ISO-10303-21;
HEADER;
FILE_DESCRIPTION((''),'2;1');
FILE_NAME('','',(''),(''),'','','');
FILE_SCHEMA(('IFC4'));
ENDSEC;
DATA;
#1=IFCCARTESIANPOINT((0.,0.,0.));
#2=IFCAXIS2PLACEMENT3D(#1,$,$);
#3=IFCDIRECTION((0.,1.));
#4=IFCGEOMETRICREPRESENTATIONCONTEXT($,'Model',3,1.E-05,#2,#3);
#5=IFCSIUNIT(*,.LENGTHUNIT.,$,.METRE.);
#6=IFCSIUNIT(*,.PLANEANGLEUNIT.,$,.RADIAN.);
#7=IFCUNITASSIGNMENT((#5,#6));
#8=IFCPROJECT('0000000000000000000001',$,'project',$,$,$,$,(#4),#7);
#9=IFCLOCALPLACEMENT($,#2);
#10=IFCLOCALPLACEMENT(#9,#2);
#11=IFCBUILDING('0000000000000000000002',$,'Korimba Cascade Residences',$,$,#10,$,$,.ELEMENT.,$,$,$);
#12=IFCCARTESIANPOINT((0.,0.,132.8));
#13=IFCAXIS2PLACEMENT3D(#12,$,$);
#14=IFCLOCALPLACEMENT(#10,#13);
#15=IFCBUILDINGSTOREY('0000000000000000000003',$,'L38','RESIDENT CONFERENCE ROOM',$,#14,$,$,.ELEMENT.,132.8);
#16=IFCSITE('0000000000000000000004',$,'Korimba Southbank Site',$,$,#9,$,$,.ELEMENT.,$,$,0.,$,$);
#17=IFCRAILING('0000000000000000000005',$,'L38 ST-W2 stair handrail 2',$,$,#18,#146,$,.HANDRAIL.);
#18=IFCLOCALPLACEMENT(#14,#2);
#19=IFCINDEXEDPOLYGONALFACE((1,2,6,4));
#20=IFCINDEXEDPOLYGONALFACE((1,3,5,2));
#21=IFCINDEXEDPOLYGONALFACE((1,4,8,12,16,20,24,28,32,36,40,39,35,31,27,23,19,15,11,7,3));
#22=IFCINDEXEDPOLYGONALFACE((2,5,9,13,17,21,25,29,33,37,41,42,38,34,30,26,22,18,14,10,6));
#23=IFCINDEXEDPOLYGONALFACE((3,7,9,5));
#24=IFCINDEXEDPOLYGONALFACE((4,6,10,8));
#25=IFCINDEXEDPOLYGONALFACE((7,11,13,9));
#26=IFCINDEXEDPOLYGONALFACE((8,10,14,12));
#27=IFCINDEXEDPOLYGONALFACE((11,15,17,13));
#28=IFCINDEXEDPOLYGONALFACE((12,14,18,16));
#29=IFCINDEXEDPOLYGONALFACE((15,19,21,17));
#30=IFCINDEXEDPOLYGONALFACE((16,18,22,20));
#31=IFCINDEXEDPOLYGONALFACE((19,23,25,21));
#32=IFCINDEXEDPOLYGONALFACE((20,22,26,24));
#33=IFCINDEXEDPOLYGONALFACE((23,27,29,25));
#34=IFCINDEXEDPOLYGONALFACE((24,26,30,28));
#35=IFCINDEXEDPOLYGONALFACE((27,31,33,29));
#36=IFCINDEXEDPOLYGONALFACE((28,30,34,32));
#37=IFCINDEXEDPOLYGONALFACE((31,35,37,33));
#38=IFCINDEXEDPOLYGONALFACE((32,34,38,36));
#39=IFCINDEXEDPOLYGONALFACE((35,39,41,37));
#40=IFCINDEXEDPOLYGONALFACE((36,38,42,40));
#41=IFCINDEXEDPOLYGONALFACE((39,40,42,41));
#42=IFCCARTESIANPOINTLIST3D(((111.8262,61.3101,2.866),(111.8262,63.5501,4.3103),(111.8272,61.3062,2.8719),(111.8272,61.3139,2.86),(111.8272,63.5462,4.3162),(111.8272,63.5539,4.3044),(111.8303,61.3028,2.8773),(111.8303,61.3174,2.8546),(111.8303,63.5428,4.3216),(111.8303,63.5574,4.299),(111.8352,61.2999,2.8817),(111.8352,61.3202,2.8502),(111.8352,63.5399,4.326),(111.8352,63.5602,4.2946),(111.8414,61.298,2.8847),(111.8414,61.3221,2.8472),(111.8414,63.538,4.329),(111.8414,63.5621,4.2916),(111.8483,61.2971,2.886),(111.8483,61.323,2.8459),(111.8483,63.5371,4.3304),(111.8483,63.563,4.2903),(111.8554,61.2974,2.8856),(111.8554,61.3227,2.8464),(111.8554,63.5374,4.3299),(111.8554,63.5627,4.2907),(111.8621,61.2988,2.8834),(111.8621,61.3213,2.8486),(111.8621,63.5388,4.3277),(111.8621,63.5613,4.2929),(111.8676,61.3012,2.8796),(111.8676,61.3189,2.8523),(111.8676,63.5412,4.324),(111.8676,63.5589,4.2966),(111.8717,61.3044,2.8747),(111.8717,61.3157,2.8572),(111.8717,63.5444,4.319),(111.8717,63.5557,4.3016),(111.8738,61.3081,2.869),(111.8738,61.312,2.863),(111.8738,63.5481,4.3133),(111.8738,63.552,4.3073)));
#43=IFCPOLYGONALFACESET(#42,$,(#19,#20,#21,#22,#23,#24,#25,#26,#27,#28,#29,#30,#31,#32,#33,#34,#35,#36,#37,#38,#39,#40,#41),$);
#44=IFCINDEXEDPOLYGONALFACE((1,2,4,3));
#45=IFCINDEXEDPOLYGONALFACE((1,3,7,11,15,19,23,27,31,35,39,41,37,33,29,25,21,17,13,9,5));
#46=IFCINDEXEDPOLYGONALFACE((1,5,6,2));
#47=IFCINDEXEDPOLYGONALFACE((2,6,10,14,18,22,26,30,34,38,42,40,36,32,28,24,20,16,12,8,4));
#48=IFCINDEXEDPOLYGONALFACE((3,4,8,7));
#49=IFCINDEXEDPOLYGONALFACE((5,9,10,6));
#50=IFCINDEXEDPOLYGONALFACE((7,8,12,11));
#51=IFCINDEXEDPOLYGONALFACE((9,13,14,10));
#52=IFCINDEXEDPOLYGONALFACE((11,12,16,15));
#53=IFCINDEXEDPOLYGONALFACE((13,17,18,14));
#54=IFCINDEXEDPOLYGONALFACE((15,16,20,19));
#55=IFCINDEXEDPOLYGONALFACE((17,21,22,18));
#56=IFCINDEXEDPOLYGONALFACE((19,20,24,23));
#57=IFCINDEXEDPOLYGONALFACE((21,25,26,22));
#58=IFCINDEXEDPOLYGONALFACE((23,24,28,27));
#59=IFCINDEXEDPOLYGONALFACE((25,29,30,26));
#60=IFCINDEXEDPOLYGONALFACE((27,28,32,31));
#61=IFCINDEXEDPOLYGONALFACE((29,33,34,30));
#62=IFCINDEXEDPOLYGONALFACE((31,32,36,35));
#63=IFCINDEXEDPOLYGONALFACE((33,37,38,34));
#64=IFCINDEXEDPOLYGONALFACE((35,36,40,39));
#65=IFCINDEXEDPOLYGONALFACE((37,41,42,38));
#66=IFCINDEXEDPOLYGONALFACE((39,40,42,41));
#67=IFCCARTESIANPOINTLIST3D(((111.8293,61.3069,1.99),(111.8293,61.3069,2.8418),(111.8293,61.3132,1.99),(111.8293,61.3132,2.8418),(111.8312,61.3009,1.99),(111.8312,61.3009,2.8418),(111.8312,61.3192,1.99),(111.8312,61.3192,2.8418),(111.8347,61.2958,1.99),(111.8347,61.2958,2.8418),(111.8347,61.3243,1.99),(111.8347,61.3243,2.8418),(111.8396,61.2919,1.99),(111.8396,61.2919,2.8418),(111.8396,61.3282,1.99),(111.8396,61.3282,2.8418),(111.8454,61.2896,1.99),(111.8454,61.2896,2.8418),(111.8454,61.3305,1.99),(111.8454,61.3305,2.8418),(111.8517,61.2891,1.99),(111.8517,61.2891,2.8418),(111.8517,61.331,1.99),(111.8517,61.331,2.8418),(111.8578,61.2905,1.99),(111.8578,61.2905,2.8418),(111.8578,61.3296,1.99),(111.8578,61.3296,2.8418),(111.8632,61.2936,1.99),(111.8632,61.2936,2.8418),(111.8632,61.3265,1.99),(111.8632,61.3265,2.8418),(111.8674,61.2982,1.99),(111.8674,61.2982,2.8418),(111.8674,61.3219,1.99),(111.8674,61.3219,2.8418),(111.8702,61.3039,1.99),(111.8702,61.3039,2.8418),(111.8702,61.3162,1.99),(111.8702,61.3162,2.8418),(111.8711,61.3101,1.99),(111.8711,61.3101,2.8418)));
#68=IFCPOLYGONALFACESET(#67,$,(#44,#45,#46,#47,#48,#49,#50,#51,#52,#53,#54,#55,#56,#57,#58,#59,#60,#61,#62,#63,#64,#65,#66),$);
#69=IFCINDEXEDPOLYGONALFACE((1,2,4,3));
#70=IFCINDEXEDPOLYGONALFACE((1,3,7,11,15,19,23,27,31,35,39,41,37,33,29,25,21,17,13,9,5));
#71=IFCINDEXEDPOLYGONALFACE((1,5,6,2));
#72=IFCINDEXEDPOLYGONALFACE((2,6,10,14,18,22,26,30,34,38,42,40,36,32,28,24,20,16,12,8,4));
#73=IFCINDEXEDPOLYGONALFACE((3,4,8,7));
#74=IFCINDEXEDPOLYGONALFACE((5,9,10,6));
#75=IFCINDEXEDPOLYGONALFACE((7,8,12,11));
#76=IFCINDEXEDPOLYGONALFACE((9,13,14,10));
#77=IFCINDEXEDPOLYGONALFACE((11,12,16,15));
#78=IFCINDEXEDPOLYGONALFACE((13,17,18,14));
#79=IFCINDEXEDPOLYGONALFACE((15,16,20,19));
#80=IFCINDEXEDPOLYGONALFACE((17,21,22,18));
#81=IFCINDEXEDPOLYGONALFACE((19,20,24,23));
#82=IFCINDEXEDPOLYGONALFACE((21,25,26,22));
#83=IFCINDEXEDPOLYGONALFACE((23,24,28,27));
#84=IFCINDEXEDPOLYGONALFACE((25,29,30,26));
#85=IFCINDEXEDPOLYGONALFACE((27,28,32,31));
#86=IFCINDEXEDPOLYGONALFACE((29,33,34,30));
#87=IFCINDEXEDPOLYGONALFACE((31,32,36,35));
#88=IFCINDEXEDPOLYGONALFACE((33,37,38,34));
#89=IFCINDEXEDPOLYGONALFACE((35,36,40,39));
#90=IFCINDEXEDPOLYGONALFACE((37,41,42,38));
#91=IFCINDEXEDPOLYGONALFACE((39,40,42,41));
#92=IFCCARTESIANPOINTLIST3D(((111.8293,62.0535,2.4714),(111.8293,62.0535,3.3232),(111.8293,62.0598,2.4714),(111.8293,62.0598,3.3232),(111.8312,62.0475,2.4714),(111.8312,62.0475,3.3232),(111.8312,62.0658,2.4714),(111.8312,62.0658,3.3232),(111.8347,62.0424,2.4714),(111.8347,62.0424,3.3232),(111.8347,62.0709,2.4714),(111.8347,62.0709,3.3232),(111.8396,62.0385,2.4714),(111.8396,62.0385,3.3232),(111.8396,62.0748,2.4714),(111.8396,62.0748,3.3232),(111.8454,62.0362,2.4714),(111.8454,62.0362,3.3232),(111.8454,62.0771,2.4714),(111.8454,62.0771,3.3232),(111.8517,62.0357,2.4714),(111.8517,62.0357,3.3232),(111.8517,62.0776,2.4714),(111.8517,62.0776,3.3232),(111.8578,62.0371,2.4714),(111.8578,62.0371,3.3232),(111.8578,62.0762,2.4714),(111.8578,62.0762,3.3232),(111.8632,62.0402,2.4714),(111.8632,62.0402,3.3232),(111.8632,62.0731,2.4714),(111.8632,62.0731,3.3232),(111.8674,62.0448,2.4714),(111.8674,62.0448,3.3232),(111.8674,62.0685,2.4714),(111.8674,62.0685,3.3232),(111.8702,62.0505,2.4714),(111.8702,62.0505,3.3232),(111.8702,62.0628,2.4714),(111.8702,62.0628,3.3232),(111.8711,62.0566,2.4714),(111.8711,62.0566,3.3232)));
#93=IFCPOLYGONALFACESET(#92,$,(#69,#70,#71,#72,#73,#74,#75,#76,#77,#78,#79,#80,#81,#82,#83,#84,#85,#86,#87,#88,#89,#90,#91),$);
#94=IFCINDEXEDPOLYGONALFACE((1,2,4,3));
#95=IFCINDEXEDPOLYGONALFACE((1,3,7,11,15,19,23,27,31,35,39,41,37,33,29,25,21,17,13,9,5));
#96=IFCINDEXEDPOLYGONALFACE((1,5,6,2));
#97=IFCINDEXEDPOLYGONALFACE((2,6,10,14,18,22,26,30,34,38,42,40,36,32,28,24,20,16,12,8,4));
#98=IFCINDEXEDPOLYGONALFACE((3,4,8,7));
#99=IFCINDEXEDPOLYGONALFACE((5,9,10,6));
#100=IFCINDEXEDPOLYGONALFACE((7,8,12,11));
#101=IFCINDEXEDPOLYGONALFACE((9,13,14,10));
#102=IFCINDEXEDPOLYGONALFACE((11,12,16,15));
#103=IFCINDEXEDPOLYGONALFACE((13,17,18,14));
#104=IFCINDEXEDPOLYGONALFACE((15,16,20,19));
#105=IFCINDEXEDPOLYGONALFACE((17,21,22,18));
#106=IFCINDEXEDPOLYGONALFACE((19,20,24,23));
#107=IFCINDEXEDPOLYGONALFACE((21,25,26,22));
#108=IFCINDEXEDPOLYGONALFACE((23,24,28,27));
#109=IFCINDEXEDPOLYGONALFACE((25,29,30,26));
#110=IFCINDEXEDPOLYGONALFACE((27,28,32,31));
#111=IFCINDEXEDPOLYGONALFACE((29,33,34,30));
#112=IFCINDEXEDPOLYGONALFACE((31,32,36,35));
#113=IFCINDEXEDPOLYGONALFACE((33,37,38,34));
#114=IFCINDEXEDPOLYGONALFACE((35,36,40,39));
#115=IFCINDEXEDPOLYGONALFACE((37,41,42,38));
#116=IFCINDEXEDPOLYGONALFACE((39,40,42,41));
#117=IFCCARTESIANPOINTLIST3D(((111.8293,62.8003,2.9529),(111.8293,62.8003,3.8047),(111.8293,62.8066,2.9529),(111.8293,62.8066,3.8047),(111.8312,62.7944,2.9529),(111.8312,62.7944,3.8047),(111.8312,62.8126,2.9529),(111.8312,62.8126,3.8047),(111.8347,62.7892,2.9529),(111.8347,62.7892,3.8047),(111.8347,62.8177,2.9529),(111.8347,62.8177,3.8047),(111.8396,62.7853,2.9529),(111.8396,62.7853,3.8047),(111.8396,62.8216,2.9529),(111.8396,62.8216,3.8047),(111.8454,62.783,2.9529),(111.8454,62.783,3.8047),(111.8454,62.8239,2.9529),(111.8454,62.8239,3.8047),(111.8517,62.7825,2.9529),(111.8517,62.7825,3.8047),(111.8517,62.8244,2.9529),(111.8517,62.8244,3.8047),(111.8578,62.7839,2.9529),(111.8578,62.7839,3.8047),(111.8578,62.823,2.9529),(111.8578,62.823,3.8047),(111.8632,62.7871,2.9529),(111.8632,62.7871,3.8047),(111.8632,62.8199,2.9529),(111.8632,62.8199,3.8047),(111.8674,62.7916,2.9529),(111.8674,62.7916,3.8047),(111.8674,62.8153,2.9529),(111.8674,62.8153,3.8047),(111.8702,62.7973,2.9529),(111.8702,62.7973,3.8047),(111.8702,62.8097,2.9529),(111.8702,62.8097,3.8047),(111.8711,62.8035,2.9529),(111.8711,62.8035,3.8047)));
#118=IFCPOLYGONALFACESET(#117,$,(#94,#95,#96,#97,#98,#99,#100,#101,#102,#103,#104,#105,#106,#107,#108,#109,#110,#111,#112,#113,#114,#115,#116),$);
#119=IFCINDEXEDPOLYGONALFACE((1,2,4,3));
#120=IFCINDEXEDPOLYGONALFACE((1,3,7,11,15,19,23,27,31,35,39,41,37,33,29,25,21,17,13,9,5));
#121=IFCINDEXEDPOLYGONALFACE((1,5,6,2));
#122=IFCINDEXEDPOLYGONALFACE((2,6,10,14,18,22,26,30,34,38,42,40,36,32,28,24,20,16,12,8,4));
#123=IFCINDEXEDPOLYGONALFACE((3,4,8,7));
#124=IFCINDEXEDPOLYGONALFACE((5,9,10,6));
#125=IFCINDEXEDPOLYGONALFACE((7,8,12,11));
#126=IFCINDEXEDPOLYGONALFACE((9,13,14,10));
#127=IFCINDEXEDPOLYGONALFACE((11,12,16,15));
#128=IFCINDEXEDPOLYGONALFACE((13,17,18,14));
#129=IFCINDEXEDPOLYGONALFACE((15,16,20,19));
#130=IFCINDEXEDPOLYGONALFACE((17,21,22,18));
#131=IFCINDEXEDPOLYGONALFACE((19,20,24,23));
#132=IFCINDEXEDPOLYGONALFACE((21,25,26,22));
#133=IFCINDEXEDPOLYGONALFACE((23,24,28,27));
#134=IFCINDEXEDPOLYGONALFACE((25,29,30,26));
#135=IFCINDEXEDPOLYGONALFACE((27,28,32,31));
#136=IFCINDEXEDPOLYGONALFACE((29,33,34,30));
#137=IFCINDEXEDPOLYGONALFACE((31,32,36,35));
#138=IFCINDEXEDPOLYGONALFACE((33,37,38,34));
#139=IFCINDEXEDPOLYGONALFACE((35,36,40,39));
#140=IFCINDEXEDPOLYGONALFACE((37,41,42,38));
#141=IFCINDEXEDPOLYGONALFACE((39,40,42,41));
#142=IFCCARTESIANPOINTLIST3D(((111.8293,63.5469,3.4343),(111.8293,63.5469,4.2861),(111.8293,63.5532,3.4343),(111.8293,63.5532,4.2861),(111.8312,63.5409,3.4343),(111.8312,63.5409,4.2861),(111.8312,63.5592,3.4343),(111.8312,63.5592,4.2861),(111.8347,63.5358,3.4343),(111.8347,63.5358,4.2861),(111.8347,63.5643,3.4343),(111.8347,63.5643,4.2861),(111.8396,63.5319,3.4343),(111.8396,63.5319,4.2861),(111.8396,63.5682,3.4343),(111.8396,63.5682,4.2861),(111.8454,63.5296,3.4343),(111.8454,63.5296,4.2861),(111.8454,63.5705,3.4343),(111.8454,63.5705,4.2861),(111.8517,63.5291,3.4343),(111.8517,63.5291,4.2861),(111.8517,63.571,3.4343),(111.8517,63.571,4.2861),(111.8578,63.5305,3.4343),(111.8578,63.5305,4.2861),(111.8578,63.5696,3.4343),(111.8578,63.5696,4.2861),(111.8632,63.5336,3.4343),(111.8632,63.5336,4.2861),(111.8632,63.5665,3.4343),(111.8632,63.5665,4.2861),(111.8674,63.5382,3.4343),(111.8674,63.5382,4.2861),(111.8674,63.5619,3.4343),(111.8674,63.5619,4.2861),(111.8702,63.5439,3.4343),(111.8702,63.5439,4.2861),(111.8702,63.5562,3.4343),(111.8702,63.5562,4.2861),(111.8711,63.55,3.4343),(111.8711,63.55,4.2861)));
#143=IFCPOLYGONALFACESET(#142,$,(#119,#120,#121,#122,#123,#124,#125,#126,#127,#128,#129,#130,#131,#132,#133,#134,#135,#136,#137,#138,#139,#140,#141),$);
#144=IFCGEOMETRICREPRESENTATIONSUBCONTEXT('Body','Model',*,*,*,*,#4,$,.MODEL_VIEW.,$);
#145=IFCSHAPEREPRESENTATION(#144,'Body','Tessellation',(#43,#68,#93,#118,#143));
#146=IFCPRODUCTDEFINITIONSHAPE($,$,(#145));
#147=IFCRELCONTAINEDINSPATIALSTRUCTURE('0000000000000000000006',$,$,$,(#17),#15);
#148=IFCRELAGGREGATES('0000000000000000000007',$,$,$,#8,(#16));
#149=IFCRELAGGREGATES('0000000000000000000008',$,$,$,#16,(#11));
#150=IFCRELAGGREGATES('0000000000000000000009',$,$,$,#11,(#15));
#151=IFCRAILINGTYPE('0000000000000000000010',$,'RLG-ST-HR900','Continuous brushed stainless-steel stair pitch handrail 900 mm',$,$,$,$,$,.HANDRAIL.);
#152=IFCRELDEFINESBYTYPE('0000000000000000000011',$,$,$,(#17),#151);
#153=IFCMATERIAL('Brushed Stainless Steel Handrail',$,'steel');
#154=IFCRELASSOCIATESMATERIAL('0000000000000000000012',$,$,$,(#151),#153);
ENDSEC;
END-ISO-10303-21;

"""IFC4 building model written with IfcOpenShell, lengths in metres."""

from ifc_helpers import new_model, si_unit, direction, frame, origin, origin_2d, place, context, subcontext, project, spatial, circle, extrude, material, type_object, element, save


model = new_model("IFC4")

# Units and contexts
model_context = context("Model", 3, precision=1e-05, world=origin(), true_north=direction((0.0, 1.0)))
body_context = subcontext(model_context, "Body", "Model", "MODEL_VIEW")
ifc_project = project(units=[si_unit("LENGTHUNIT", "METRE"), si_unit("PLANEANGLEUNIT", "RADIAN")], contexts=[model_context])

# Site, building, storey
site_placement = place(None, origin())
site = spatial("IfcSite", under=ifc_project, at=site_placement, Name="Korimba Southbank Site", CompositionType="ELEMENT", RefElevation=0.0)
building_placement = place(site_placement, origin())
building = spatial("IfcBuilding", under=site, at=building_placement, Name="Korimba Cascade Residences", CompositionType="ELEMENT")
storey_placement = place(building_placement, frame((0.0, 0.0, 132.8)))
storey = spatial("IfcBuildingStorey", under=building, at=storey_placement, Name="L38", Description="RESIDENT CONFERENCE ROOM", CompositionType="ELEMENT", Elevation=132.8)

# Railing
ifc_material_1 = material(Name="Brushed Stainless Steel Handrail", Category="steel")
railing_type_1 = type_object("IfcRailingType", Name="RLG-ST-HR900", Description="Continuous brushed stainless-steel stair pitch handrail 900 mm", PredefinedType="HANDRAIL", material=ifc_material_1)
railing_1_placement = place(storey_placement, frame((111.8501, 61.3101, 1.99)))
element("IfcRailing", 1, at=railing_1_placement, inside=storey, type_object=railing_type_1, Name="L38 ST-W2 stair handrail 2", PredefinedType="HANDRAIL", context=body_context, shape_type="SweptSolid", body=[
    extrude(circle(Radius=0.0239, at=origin_2d()), frame((0.0, 0.0, 0.876), z_axis=(0.0, 0.840437, 0.54191), x_axis=(-1.0, 0.0, 0.0)), (0.0, 0.0, 1.0), 2.6653),
    extrude(circle(Radius=0.021, at=origin_2d()), origin(), (0.0, 0.0, 1.0), 0.8518),
    extrude(circle(Radius=0.021, at=origin_2d()), frame((0.0, 0.7466, 0.4814)), (0.0, 0.0, 1.0), 0.8518),
    extrude(circle(Radius=0.021, at=origin_2d()), frame((0.0, 1.4934, 0.9629)), (0.0, 0.0, 1.0), 0.8518),
    extrude(circle(Radius=0.021, at=origin_2d()), frame((0.0, 2.24, 1.4443)), (0.0, 0.0, 1.0), 0.8518),
])

save(model, "model.ifc")
